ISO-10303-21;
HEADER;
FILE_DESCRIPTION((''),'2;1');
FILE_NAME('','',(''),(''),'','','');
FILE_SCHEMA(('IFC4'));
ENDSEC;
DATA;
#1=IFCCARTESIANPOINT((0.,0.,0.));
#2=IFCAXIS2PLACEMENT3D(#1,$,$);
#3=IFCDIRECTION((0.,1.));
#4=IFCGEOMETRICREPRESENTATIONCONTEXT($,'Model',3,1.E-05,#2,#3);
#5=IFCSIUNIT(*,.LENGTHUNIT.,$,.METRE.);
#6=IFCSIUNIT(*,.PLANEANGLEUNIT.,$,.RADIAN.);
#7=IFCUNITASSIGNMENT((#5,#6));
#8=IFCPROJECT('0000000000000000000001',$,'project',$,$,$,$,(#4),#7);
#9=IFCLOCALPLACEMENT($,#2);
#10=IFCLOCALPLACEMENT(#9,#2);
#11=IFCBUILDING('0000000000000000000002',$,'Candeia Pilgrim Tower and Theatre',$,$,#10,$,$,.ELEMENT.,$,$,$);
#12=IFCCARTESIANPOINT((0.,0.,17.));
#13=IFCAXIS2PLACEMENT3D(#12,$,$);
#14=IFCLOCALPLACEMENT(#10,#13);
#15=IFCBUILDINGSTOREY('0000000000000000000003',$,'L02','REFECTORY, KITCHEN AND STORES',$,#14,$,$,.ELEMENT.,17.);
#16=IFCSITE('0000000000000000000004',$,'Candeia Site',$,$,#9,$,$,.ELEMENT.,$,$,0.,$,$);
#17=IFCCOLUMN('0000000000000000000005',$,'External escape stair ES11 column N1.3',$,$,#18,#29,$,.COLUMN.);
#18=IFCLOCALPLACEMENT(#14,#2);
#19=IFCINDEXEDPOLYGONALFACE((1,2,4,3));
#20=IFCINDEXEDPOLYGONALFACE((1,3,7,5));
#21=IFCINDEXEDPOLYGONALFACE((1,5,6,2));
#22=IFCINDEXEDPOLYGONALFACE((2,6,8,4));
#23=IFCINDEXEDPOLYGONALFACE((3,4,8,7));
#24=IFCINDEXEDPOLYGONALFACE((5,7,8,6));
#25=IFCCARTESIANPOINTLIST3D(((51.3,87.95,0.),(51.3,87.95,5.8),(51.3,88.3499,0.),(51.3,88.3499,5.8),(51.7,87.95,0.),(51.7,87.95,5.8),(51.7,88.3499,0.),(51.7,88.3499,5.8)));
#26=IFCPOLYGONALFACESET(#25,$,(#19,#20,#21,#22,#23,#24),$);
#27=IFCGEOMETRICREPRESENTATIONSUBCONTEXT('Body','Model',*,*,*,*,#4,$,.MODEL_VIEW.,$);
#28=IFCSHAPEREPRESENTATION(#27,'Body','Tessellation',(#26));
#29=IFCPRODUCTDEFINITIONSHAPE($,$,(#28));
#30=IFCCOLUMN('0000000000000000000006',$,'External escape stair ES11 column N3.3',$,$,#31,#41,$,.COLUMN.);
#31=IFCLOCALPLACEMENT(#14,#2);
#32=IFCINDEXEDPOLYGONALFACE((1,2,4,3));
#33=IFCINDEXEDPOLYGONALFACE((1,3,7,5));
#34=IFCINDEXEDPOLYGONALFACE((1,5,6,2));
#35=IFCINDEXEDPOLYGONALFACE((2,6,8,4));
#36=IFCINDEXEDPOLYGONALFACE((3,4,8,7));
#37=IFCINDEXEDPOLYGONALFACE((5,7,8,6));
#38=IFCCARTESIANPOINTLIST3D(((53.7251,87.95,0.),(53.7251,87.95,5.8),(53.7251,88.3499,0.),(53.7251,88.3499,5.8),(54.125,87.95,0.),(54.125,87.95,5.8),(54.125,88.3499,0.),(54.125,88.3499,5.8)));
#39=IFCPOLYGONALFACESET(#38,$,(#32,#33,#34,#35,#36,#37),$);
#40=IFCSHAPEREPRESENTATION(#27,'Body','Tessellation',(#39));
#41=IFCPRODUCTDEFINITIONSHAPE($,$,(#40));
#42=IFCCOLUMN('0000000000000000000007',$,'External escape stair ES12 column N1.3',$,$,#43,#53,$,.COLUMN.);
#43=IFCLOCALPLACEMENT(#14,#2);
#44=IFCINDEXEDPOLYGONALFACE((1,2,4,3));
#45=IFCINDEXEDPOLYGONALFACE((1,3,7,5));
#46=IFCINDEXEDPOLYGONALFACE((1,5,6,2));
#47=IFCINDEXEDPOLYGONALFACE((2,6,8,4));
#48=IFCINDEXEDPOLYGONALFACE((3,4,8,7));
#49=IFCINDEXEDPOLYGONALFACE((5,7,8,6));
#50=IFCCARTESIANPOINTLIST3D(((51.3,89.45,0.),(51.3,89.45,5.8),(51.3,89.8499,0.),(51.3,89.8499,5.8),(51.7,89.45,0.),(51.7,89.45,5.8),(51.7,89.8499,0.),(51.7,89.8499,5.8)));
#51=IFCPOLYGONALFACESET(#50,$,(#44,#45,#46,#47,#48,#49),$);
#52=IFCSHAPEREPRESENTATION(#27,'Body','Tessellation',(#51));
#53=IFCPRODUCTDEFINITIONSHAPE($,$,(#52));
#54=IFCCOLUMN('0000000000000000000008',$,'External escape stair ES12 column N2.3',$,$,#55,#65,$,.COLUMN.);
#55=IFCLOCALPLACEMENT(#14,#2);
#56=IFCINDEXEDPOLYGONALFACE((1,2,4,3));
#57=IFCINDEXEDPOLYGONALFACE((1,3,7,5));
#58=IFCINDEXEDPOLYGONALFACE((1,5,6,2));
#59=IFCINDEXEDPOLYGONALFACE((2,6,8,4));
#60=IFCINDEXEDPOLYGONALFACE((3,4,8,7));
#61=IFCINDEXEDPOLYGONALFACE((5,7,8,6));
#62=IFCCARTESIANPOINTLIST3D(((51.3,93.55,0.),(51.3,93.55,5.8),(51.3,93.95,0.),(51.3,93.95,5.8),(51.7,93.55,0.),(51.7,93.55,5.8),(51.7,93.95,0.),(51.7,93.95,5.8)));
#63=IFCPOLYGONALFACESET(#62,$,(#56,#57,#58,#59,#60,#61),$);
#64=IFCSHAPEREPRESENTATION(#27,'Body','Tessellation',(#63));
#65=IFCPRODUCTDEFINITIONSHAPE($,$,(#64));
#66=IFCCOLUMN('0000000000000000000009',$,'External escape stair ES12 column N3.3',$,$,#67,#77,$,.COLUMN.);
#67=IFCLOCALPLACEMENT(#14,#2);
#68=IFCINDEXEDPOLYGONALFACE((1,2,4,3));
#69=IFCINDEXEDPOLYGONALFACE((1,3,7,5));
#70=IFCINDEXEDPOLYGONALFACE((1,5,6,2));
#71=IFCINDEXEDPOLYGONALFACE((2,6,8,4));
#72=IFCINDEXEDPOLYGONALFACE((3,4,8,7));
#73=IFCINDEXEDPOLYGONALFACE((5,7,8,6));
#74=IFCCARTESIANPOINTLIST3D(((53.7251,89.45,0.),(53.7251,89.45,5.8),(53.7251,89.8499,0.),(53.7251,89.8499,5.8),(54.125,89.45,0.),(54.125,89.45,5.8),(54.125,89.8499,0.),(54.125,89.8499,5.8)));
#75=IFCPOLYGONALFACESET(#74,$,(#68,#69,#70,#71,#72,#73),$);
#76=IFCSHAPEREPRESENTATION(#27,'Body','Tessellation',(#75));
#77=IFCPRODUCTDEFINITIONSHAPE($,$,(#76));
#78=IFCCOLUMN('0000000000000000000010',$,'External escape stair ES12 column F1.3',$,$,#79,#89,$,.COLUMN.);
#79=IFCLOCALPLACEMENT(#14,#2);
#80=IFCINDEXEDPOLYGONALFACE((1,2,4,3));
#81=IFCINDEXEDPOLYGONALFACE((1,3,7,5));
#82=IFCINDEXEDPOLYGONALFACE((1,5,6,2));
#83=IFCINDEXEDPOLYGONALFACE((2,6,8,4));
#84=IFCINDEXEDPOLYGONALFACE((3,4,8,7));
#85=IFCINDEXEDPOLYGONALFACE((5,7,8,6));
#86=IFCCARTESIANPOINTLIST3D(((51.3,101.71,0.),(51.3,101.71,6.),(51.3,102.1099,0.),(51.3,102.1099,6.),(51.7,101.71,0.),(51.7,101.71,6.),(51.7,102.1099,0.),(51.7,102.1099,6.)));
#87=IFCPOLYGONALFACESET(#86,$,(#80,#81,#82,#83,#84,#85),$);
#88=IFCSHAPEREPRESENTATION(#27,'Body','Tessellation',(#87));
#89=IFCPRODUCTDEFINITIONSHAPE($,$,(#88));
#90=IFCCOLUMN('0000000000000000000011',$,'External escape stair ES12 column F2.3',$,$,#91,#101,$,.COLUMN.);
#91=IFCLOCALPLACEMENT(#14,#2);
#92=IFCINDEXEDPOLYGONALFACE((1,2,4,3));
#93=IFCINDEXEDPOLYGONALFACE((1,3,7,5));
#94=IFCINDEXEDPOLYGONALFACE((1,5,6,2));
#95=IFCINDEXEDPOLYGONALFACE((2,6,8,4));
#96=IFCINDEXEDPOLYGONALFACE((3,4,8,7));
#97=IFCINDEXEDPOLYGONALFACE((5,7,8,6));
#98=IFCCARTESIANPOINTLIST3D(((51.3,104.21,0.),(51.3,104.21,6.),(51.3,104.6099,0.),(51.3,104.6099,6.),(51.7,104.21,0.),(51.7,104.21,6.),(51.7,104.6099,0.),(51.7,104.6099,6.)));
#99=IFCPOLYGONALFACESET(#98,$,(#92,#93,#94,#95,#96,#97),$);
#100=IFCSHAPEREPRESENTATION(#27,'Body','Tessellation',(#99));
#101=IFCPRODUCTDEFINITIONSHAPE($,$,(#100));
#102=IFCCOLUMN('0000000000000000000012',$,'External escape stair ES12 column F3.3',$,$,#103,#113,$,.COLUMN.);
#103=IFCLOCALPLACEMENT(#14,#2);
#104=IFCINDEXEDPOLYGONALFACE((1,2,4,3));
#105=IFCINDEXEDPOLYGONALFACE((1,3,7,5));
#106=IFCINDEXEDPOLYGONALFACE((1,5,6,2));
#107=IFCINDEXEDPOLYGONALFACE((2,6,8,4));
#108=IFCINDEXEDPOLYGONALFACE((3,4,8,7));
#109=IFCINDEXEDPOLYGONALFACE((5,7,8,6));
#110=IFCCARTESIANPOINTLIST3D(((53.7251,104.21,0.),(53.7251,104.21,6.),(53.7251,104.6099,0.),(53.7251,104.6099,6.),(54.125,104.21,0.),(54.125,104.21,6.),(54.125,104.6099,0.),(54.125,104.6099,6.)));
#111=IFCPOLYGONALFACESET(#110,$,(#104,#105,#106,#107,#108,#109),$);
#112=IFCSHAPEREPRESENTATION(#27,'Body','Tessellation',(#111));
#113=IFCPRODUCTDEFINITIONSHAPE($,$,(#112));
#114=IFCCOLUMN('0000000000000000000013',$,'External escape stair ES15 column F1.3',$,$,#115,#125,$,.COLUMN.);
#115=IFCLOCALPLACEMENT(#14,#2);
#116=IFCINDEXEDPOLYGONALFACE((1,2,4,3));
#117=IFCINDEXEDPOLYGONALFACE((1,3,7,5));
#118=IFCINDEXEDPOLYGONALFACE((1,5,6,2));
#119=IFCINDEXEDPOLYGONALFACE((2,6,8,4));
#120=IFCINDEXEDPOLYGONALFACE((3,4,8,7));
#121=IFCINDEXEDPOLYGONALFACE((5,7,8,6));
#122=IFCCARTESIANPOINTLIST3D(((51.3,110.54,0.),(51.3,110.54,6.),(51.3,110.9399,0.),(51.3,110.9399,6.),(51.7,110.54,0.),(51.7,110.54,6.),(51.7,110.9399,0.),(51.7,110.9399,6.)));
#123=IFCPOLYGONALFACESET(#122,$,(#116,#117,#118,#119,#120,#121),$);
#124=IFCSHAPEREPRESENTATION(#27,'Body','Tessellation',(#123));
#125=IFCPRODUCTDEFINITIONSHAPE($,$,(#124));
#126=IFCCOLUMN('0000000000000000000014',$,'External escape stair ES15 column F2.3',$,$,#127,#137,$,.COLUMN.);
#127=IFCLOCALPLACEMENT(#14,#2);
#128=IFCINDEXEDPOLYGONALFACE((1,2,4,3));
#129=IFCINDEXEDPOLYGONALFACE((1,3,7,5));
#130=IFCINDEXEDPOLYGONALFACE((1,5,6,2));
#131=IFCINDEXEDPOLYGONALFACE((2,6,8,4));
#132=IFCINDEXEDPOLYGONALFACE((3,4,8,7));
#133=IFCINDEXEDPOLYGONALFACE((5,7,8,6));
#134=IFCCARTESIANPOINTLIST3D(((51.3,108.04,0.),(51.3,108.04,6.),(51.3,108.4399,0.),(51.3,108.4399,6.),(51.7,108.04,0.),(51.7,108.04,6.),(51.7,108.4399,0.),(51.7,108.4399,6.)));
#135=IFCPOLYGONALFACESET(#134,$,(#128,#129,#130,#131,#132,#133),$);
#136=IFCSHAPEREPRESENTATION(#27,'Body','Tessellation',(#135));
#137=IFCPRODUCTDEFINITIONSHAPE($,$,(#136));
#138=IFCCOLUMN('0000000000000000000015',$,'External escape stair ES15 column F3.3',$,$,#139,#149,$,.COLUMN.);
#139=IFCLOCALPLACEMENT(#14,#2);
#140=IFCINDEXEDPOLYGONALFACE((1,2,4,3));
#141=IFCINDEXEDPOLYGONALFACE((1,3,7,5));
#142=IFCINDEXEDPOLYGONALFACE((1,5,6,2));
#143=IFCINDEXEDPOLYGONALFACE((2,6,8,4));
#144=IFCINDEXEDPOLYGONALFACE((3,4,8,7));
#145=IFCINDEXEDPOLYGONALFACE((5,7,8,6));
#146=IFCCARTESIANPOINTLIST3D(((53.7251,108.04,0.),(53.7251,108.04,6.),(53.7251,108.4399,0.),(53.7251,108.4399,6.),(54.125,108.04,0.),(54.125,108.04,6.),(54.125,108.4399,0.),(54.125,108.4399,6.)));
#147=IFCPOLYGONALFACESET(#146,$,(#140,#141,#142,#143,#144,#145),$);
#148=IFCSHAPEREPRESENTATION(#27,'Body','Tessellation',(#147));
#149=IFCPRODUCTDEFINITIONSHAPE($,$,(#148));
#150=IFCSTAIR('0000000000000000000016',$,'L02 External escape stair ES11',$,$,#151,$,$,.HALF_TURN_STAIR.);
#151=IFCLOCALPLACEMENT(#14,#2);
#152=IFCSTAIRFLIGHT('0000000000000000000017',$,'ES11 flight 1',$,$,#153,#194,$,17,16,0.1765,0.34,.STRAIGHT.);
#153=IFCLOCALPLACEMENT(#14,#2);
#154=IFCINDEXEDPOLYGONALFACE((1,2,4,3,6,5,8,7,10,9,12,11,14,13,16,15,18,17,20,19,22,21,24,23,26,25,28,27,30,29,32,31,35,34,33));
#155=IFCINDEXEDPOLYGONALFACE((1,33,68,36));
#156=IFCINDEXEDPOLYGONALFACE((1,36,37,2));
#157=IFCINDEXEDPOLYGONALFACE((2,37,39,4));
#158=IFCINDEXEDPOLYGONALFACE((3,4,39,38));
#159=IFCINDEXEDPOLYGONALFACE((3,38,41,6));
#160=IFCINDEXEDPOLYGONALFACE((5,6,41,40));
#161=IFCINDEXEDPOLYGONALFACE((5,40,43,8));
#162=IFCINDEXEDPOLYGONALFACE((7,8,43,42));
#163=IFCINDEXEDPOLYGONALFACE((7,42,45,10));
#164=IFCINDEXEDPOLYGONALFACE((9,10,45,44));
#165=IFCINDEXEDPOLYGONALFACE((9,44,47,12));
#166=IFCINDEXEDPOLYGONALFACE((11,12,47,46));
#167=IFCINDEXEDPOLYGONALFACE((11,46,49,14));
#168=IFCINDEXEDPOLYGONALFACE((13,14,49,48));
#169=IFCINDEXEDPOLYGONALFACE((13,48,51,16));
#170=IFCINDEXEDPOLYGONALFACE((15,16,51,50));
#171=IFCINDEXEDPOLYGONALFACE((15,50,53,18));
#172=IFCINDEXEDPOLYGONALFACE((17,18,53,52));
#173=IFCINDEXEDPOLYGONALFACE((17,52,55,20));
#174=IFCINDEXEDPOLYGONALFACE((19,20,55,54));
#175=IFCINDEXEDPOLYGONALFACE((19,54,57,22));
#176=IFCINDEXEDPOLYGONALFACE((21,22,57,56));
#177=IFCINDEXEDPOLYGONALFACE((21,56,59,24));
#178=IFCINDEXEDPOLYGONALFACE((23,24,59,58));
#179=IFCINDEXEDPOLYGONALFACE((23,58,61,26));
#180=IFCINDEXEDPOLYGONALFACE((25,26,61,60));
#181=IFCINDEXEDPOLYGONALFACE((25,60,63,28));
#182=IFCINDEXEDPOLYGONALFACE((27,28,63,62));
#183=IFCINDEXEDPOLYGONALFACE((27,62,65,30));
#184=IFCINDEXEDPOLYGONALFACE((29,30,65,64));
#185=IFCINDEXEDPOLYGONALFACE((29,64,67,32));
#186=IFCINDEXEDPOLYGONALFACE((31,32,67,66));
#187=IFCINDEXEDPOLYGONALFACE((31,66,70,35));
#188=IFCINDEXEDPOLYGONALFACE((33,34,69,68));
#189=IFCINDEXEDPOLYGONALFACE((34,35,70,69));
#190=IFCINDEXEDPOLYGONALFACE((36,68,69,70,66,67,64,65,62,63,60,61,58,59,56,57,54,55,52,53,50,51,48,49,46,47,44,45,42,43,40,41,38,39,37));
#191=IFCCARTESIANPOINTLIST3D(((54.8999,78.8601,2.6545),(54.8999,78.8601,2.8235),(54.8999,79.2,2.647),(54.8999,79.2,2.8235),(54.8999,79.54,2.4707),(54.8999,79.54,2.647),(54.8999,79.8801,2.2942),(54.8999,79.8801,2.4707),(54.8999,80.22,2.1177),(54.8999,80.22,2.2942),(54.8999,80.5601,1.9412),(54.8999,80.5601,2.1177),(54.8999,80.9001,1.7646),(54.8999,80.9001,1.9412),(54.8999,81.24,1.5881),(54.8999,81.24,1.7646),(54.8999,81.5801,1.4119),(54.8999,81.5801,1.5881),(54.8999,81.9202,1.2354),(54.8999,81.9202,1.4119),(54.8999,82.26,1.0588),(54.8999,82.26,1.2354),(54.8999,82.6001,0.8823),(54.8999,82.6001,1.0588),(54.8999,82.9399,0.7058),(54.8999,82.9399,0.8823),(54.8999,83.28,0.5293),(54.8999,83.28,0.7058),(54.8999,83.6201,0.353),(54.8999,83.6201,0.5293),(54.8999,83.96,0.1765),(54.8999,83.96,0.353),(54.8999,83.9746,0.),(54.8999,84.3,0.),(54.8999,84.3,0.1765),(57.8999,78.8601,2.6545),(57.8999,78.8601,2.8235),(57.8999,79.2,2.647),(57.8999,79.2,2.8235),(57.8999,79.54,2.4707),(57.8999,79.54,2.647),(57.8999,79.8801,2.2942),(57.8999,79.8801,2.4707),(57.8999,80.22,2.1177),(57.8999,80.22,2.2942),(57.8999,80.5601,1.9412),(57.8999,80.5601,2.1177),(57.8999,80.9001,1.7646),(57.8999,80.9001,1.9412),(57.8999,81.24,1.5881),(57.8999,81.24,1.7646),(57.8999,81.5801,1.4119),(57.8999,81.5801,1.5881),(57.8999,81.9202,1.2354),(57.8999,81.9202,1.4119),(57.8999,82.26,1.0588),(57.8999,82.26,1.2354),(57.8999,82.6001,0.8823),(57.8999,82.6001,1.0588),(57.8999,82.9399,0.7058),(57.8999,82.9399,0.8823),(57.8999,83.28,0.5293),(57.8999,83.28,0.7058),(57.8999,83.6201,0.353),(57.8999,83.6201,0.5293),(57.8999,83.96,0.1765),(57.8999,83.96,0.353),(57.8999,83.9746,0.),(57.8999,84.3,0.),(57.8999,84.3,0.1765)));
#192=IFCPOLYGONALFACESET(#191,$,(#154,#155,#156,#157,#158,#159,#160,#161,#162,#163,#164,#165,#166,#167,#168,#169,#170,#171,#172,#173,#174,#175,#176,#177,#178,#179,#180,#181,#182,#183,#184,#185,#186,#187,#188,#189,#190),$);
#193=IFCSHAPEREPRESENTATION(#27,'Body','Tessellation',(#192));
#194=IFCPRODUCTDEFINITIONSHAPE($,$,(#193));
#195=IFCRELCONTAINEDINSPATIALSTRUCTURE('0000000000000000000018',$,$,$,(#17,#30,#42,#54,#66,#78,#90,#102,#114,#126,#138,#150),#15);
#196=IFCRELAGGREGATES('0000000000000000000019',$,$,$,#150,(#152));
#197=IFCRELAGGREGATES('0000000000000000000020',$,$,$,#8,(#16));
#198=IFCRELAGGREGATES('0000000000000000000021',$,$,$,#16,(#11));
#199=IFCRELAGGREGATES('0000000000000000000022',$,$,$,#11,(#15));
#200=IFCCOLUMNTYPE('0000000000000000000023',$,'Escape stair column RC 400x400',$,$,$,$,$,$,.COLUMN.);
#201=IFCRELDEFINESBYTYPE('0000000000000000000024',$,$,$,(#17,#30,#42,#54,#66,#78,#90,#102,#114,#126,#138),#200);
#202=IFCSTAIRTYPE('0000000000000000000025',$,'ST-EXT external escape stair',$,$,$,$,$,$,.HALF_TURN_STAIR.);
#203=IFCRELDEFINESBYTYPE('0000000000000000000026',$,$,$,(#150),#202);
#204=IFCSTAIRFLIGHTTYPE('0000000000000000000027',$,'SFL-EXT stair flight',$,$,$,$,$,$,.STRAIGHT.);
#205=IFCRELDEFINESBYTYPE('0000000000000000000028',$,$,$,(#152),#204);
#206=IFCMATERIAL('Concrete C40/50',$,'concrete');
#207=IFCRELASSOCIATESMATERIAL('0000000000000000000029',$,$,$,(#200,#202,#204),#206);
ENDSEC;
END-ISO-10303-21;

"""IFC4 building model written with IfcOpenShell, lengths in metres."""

from ifc_helpers import new_model, si_unit, direction, frame, origin, origin_2d, place, context, subcontext, project, spatial, polyline, rectangle, outline, extrude, material, material_profile, profile_set, type_object, element, aggregate, save


model = new_model("IFC4")

# Units and contexts
model_context = context("Model", 3, precision=1e-05, world=origin(), true_north=direction((0.0, 1.0)))
body_context = subcontext(model_context, "Body", "Model", "MODEL_VIEW")
ifc_project = project(units=[si_unit("LENGTHUNIT", "METRE"), si_unit("PLANEANGLEUNIT", "RADIAN")], contexts=[model_context])

# Site, building, storey
site_placement = place(None, origin())
site = spatial("IfcSite", under=ifc_project, at=site_placement, Name="Candeia Site", CompositionType="ELEMENT", RefElevation=0.0)
building_placement = place(site_placement, origin())
building = spatial("IfcBuilding", under=site, at=building_placement, Name="Candeia Pilgrim Tower and Theatre", CompositionType="ELEMENT")
storey_placement = place(building_placement, frame((0.0, 0.0, 17.0)))
storey = spatial("IfcBuildingStorey", under=building, at=storey_placement, Name="L02", Description="REFECTORY, KITCHEN AND STORES", CompositionType="ELEMENT", Elevation=17.0)

# Columns
ifc_material_1 = material(Name="Concrete C40/50", Category="concrete")
ifc_material_profile = material_profile(ifc_material_1, rectangle(XDim=0.3999, YDim=0.3999, at=origin_2d()))
ifc_profile_set = profile_set([ifc_material_profile], Name="Concrete C40/50")
column_type = type_object("IfcColumnType", Name="Escape stair column RC 400x400", PredefinedType="COLUMN", material=ifc_profile_set)
for number, where, z_axis, x_axis, name in (
    (1, (51.5, 88.1499, 0.0), (0.0, 0.0, 1.0), (1.0, 0.0, 0.0), "External escape stair ES11 column N1.3"),
    (2, (53.925, 88.1499, 0.0), (0.0, 0.0, 1.0), (1.0, 0.0, 0.0), "External escape stair ES11 column N3.3"),
    (3, (51.5, 89.6499, 0.0), (0.0, 0.0, 1.0), (1.0, 0.0, 0.0), "External escape stair ES12 column N1.3"),
    (4, (51.5, 93.75, 0.0), (0.0, 0.0, 1.0), (1.0, 0.0, 0.0), "External escape stair ES12 column N2.3"),
    (5, (53.925, 89.6499, 0.0), (0.0, 0.0, 1.0), (1.0, 0.0, 0.0), "External escape stair ES12 column N3.3"),
):
    element("IfcColumn", number, at=place(storey_placement, frame(where, z_axis=z_axis, x_axis=x_axis)), inside=storey, type_object=column_type, Name=name, PredefinedType="COLUMN", context=body_context, shape_type="SweptSolid", body=[
        extrude(rectangle(XDim=0.3999, YDim=0.3999, at=origin_2d()), origin(), (0.0, 0.0, 1.0), 5.8),
    ])
for number, where, z_axis, x_axis, name in (
    (6, (51.5, 101.9099, 0.0), (0.0, 0.0, 1.0), (1.0, 0.0, 0.0), "External escape stair ES12 column F1.3"),
    (7, (51.5, 104.4099, 0.0), (0.0, 0.0, 1.0), (1.0, 0.0, 0.0), "External escape stair ES12 column F2.3"),
    (8, (53.925, 104.4099, 0.0), (0.0, 0.0, 1.0), (1.0, 0.0, 0.0), "External escape stair ES12 column F3.3"),
    (9, (51.5, 110.74, 0.0), (0.0, 0.0, 1.0), (1.0, 0.0, 0.0), "External escape stair ES15 column F1.3"),
    (10, (51.5, 108.24, 0.0), (0.0, 0.0, 1.0), (1.0, 0.0, 0.0), "External escape stair ES15 column F2.3"),
    (11, (53.925, 108.24, 0.0), (0.0, 0.0, 1.0), (1.0, 0.0, 0.0), "External escape stair ES15 column F3.3"),
):
    element("IfcColumn", number, at=place(storey_placement, frame(where, z_axis=z_axis, x_axis=x_axis)), inside=storey, type_object=column_type, Name=name, PredefinedType="COLUMN", context=body_context, shape_type="SweptSolid", body=[
        extrude(rectangle(XDim=0.3999, YDim=0.3999, at=origin_2d()), origin(), (0.0, 0.0, 1.0), 6.0),
    ])

# Stair, stair flight
stair_type = type_object("IfcStairType", Name="ST-EXT external escape stair", PredefinedType="HALF_TURN_STAIR", material=ifc_material_1)
stair_1_placement = place(storey_placement, origin())
stair_1 = element("IfcStair", 12, at=stair_1_placement, inside=storey, type_object=stair_type, Name="L02 External escape stair ES11", PredefinedType="HALF_TURN_STAIR")
stair_flight_type = type_object("IfcStairFlightType", Name="SFL-EXT stair flight", PredefinedType="STRAIGHT", material=ifc_material_1)
stair_flight_1_placement = place(storey_placement, frame((56.3999, 84.3, 0.0), z_axis=(0.0, 0.0, 1.0), x_axis=(0.0, -1.0, 0.0)))
stair_flight_1 = element("IfcStairFlight", 13, at=stair_flight_1_placement, type_object=stair_flight_type, Name="ES11 flight 1", NumberOfRisers=17, NumberOfTreads=16, PredefinedType="STRAIGHT", RiserHeight=0.1765, TreadLength=0.34, context=body_context, shape_type="SweptSolid", body=[
    extrude(outline(polyline([(0.0, 0.0), (0.0, 0.1765), (0.3401, 0.1765), (0.3401, 0.353), (0.6799, 0.353), (0.6799, 0.5293), (1.02, 0.5293), (1.02, 0.7058), (1.3601, 0.7058), (1.3601, 0.8823), (1.7, 0.8823), (1.7, 1.0588), (2.04, 1.0588), (2.04, 1.2354), (2.3799, 1.2354), (2.3799, 1.4119), (2.72, 1.4119), (2.72, 1.5881), (3.0601, 1.5881), (3.0601, 1.7646), (3.3999, 1.7646), (3.3999, 1.9412), (3.74, 1.9412), (3.74, 2.1177), (4.0801, 2.1177), (4.0801, 2.2942), (4.4199, 2.2942), (4.4199, 2.4707), (4.76, 2.4707), (4.76, 2.647), (5.1001, 2.647), (5.1001, 2.8235), (5.4399, 2.8235), (5.4399, 3.0), (5.4399, 2.6545), (0.3254, 0.0), (0.0, 0.0)])), frame((0.0, 1.5, 0.0), z_axis=(0.0, -1.0, 0.0), x_axis=(1.0, 0.0, 0.0)), (0.0, 0.0, 1.0), 3.0),
])
aggregate(stair_1, [stair_flight_1])

save(model, "model.ifc")
